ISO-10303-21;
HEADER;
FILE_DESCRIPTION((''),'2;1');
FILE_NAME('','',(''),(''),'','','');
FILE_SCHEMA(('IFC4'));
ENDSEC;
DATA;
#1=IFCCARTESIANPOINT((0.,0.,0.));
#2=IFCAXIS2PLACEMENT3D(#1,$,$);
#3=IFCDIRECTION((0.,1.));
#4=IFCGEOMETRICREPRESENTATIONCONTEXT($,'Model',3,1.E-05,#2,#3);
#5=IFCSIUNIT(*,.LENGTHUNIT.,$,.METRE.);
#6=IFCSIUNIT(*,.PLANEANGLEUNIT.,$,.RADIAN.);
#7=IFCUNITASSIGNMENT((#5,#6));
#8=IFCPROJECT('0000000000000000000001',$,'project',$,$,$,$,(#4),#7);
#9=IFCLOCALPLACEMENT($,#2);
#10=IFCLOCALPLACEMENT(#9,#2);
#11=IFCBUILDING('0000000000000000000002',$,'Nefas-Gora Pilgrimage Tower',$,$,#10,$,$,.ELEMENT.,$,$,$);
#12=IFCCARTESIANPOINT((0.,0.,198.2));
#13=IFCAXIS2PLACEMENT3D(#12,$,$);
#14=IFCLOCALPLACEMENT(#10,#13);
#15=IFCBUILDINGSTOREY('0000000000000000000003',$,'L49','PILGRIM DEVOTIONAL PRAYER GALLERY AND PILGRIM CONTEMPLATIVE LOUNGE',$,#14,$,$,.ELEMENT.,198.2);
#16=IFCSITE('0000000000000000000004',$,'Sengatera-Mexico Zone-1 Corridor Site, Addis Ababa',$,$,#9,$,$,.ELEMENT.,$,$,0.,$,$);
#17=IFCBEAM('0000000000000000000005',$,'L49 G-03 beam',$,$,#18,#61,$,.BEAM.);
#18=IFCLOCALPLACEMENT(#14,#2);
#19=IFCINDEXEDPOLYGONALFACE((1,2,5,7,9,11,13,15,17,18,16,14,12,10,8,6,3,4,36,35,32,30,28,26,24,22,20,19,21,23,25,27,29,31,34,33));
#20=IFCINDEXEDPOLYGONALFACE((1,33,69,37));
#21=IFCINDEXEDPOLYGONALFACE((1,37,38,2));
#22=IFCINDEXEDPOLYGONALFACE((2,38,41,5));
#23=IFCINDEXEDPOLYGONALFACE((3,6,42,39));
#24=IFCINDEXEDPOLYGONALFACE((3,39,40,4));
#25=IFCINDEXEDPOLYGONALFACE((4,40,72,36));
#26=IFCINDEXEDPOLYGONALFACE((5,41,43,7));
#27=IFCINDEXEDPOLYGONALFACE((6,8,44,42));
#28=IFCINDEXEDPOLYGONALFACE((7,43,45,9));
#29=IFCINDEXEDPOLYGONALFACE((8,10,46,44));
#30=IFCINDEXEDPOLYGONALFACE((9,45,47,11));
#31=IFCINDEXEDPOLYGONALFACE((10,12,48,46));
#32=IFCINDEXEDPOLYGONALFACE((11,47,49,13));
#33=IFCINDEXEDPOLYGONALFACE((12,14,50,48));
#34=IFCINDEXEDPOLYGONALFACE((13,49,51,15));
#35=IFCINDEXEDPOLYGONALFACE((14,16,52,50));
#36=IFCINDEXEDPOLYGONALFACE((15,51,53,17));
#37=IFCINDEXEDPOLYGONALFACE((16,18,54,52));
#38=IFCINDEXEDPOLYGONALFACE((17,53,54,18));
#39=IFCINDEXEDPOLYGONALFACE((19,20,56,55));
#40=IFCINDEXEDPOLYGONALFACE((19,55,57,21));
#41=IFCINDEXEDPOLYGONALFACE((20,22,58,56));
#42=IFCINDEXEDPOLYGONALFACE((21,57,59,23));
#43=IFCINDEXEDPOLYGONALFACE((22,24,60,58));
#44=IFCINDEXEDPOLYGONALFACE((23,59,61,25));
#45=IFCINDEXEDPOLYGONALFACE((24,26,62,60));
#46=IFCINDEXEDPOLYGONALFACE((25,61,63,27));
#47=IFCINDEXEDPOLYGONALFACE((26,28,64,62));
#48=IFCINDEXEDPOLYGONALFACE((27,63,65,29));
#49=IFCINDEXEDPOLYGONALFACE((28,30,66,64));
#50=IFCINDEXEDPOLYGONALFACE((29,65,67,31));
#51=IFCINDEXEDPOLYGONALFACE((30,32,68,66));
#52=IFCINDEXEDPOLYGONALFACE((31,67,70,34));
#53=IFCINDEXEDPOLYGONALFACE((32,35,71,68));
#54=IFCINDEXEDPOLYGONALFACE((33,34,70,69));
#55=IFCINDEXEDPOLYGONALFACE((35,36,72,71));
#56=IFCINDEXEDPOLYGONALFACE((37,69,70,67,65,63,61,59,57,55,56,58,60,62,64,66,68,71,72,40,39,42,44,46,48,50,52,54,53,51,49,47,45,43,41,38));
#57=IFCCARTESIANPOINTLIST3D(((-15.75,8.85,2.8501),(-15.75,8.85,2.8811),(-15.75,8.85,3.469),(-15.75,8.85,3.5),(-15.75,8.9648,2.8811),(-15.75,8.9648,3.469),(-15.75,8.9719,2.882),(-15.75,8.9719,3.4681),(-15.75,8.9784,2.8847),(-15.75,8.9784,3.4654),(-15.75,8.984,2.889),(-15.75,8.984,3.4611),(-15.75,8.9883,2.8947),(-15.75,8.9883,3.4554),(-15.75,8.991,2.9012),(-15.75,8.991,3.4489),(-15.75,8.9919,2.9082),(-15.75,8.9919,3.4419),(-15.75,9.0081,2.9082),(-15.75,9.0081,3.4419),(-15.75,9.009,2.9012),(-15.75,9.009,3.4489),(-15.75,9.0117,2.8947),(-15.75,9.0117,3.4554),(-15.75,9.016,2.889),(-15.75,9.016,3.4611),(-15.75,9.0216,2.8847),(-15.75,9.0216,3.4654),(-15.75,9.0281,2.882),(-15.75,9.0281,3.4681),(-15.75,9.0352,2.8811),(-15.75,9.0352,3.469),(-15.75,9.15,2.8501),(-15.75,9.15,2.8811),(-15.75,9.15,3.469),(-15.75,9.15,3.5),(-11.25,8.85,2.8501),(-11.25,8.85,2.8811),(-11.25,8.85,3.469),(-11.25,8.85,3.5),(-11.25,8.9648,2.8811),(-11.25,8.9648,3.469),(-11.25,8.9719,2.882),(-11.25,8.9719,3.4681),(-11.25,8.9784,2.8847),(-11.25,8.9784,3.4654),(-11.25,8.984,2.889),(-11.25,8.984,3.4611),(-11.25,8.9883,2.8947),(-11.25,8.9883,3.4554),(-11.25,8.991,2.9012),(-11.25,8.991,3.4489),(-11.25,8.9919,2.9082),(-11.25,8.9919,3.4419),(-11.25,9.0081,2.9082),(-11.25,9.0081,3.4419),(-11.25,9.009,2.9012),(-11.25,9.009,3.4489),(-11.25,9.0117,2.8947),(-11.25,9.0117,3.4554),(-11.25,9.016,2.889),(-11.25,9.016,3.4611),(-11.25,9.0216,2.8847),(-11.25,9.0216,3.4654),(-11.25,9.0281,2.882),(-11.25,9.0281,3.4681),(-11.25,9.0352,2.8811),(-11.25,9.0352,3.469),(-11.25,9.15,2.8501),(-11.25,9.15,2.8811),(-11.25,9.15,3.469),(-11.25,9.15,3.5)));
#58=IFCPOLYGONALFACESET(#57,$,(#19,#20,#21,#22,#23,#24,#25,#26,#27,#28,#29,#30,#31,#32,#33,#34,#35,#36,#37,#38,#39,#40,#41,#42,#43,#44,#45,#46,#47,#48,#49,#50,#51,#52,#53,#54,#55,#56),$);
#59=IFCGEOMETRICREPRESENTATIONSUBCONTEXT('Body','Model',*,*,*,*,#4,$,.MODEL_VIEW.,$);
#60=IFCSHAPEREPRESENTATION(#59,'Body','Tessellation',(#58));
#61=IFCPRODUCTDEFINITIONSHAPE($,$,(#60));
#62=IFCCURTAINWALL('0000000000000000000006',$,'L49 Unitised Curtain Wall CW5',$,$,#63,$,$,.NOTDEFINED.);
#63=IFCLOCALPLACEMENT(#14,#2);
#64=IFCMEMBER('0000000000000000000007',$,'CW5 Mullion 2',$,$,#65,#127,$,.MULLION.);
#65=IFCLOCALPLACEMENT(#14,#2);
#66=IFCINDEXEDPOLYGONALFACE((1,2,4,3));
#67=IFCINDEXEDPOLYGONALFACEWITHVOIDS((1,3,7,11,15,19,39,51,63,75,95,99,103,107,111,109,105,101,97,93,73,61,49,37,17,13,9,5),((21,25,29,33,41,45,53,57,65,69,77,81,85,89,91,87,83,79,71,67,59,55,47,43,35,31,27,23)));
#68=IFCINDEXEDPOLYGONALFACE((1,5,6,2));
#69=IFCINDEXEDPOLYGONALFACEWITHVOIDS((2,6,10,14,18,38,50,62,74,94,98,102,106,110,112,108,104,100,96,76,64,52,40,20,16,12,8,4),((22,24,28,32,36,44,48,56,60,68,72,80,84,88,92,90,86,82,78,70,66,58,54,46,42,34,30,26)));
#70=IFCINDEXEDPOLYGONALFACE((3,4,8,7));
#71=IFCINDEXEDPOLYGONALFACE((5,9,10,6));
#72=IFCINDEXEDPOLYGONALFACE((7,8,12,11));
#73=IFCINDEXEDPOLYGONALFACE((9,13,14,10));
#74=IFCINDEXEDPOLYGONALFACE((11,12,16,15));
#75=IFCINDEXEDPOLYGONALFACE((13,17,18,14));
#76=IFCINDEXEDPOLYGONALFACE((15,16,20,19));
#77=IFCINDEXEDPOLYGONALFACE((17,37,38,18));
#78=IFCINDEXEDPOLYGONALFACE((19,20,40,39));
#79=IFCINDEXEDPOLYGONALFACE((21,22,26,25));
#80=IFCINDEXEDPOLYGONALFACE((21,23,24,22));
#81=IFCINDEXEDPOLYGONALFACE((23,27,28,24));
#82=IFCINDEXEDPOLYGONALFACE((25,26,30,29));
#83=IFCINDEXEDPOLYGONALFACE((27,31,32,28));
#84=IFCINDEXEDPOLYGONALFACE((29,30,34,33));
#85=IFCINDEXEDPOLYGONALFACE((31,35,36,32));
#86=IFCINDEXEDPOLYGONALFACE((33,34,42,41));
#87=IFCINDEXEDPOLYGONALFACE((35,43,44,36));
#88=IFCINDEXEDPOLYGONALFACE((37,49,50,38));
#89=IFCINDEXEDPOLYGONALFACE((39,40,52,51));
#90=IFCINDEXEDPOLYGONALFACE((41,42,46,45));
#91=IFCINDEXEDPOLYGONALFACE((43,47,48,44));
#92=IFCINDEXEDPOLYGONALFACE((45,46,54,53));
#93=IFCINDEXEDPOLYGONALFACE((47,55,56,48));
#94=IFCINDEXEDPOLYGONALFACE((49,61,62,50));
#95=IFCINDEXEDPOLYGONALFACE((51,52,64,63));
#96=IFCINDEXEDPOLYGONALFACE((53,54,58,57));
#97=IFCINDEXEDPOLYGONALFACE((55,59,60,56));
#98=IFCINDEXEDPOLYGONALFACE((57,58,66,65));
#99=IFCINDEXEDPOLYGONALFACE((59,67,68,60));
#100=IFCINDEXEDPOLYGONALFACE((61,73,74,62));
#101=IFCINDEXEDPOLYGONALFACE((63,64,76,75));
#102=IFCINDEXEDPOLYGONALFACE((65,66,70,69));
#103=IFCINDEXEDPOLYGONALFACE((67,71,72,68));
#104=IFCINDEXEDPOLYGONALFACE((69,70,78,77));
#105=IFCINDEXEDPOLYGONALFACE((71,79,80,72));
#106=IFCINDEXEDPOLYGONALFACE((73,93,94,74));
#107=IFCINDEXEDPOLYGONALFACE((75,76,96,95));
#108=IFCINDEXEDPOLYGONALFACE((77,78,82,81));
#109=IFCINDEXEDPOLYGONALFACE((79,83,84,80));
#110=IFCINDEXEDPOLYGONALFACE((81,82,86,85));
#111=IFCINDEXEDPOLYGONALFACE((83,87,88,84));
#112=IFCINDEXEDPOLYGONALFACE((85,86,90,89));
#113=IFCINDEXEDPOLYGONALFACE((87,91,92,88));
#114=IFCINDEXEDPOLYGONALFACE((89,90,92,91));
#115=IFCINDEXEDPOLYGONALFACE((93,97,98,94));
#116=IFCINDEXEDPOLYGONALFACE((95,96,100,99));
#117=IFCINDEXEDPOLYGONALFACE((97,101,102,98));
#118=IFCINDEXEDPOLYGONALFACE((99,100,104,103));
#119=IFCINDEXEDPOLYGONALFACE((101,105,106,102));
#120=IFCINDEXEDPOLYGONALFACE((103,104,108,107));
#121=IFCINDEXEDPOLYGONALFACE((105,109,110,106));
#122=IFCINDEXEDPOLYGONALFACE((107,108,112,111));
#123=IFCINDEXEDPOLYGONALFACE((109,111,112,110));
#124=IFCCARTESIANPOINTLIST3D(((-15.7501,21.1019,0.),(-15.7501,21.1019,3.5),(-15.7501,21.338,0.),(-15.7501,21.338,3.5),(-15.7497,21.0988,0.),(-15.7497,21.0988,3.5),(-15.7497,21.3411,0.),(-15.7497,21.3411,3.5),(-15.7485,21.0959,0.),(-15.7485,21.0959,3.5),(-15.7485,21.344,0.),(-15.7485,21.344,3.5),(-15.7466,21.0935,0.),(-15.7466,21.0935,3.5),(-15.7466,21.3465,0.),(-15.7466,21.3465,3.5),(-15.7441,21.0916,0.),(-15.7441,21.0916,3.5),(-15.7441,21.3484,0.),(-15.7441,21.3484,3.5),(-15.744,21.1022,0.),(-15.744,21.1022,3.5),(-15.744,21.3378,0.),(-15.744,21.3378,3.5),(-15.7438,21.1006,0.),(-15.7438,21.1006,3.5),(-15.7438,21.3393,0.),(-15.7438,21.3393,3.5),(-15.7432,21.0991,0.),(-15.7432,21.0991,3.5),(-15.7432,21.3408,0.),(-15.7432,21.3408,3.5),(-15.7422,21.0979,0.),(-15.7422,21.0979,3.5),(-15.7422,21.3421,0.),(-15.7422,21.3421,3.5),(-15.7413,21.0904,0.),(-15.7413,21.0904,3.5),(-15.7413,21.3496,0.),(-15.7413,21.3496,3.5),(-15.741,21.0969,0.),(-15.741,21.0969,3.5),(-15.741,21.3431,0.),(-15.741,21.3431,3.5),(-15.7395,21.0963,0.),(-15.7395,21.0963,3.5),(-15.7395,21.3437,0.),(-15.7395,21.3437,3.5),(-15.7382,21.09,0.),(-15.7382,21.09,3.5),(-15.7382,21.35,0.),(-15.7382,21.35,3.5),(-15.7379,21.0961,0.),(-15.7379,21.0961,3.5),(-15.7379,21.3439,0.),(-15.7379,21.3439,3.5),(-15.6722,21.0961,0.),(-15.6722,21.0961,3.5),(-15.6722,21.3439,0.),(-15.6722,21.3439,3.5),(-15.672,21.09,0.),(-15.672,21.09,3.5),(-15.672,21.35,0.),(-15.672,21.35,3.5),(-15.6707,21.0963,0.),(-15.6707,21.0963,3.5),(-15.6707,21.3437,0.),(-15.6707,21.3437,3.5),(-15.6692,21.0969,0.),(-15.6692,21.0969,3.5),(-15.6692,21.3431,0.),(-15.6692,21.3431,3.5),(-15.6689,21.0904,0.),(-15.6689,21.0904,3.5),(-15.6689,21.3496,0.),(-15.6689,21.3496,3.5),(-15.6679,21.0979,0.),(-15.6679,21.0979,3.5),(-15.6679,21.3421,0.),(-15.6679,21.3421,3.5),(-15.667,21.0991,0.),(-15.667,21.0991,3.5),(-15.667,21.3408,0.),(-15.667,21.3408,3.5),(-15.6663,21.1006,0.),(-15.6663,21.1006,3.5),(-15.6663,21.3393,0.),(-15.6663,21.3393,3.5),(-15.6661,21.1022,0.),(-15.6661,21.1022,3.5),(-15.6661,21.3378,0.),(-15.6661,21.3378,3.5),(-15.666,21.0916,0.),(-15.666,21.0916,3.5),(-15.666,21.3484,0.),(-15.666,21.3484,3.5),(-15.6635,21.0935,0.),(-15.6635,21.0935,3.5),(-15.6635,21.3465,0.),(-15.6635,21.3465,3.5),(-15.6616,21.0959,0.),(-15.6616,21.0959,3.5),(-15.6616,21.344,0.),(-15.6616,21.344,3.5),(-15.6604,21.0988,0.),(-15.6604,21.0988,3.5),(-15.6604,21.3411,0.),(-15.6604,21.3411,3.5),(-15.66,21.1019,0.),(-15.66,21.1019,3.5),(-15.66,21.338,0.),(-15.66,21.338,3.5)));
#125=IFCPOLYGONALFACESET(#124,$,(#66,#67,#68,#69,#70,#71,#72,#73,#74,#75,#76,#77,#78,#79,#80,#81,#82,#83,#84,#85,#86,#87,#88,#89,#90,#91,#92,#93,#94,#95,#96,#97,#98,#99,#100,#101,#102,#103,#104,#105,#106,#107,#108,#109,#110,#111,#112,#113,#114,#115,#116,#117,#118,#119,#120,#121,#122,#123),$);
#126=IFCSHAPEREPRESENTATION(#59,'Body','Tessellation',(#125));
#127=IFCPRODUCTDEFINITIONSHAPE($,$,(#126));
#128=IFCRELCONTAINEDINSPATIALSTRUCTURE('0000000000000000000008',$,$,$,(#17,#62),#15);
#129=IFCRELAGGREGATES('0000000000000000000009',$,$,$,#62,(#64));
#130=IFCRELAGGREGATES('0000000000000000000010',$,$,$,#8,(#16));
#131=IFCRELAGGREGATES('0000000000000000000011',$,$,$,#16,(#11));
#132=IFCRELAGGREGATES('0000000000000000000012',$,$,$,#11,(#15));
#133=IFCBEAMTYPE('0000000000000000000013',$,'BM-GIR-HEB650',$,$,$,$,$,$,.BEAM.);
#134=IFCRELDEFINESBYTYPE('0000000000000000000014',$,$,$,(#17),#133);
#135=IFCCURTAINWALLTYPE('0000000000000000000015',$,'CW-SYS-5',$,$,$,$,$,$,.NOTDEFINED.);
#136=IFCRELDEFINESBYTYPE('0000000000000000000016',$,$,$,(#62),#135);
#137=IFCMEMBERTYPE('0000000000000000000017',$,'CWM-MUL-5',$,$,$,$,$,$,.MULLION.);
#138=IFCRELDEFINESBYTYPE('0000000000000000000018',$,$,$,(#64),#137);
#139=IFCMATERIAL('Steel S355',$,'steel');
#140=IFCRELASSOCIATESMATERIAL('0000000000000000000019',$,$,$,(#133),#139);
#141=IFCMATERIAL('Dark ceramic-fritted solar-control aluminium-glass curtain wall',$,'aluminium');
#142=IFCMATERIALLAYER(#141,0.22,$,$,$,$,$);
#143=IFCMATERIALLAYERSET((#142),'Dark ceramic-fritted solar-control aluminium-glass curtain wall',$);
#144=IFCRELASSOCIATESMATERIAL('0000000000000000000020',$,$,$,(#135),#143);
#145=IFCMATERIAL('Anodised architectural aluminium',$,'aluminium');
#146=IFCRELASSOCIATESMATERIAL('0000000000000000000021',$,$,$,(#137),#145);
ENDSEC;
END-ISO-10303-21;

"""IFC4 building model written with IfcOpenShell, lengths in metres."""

from ifc_helpers import new_model, si_unit, direction, frame, origin, origin_2d, place, context, subcontext, project, spatial, hollow_rectangle, i_section, extrude, source, transform, mapped, material, layer, layer_set, material_profile, profile_set, type_object, element, aggregate, save


model = new_model("IFC4")

# Units and contexts
model_context = context("Model", 3, precision=1e-05, world=origin(), true_north=direction((0.0, 1.0)))
body_context = subcontext(model_context, "Body", "Model", "MODEL_VIEW")
ifc_project = project(units=[si_unit("LENGTHUNIT", "METRE"), si_unit("PLANEANGLEUNIT", "RADIAN")], contexts=[model_context])

# Site, building, storey
site_placement = place(None, origin())
site = spatial("IfcSite", under=ifc_project, at=site_placement, Name="Sengatera-Mexico Zone-1 Corridor Site, Addis Ababa", CompositionType="ELEMENT", RefElevation=0.0)
building_placement = place(site_placement, origin())
building = spatial("IfcBuilding", under=site, at=building_placement, Name="Nefas-Gora Pilgrimage Tower", CompositionType="ELEMENT")
storey_placement = place(building_placement, frame((0.0, 0.0, 198.2)))
storey = spatial("IfcBuildingStorey", under=building, at=storey_placement, Name="L49", Description="PILGRIM DEVOTIONAL PRAYER GALLERY AND PILGRIM CONTEMPLATIVE LOUNGE", CompositionType="ELEMENT", Elevation=198.2)

# Beam
ifc_material_1 = material(Name="Steel S355", Category="steel")
ifc_material_profile_1 = material_profile(ifc_material_1, i_section(OverallWidth=0.3, OverallDepth=0.6499, WebThickness=0.0161, FlangeThickness=0.031, FilletRadius=0.0271, at=origin_2d()), Name="HEB 650")
ifc_profile_set_1 = profile_set([ifc_material_profile_1], Name="Steel S355")
beam_type_1 = type_object("IfcBeamType", Name="BM-GIR-HEB650", PredefinedType="BEAM", material=ifc_profile_set_1)
shared_shape_1 = source(origin(), body_context, "Body", "SweptSolid", [
    extrude(i_section(OverallWidth=0.3, OverallDepth=0.6499, WebThickness=0.0161, FlangeThickness=0.031, FilletRadius=0.0271, at=origin_2d()), origin(), (0.0, 0.0, 1.0), 4.5),
])
for number, where, z_axis, x_axis, name in (
    (1, (-15.75, 9.0, 3.175), (1.0, 0.0, 0.0), (0.0, 1.0, 0.0), "L49 G-03 beam"),
):
    element("IfcBeam", number, at=place(storey_placement, frame(where, z_axis=z_axis, x_axis=x_axis)), inside=storey, type_object=beam_type_1, Name=name, PredefinedType="BEAM", context=body_context, shape_type="MappedRepresentation", body=[
        mapped(shared_shape_1, transform((0.0, 0.0, 0.0), x_axis=(1.0, 0.0, 0.0), y_axis=(0.0, 1.0, 0.0), z_axis=(0.0, 0.0, 1.0), scale=1.0)),
    ])

# Curtain wall, member
ifc_material_2 = material(Name="Dark ceramic-fritted solar-control aluminium-glass curtain wall", Category="aluminium")
ifc_layer_1 = layer(ifc_material_2, 0.22)
ifc_layer_set_1 = layer_set([ifc_layer_1], Name="Dark ceramic-fritted solar-control aluminium-glass curtain wall")
curtain_wall_type_1 = type_object("IfcCurtainWallType", Name="CW-SYS-5", PredefinedType="NOTDEFINED", material=ifc_layer_set_1)
curtain_wall_1_placement = place(storey_placement, origin())
curtain_wall_1 = element("IfcCurtainWall", 2, at=curtain_wall_1_placement, inside=storey, type_object=curtain_wall_type_1, Name="L49 Unitised Curtain Wall CW5", PredefinedType="NOTDEFINED")
ifc_material_3 = material(Name="Anodised architectural aluminium", Category="aluminium")
ifc_material_profile_2 = material_profile(ifc_material_3, hollow_rectangle(XDim=0.0901, YDim=0.26, WallThickness=0.0061, InnerFilletRadius=0.0061, OuterFilletRadius=0.012, at=origin_2d()), Name="ALU MULLION 90x260")
ifc_profile_set_2 = profile_set([ifc_material_profile_2], Name="Anodised architectural aluminium")
member_type_1 = type_object("IfcMemberType", Name="CWM-MUL-5", PredefinedType="MULLION", material=ifc_profile_set_2)
shared_shape_2 = source(origin(), body_context, "Body", "SweptSolid", [
    extrude(hollow_rectangle(XDim=0.0901, YDim=0.26, WallThickness=0.0061, InnerFilletRadius=0.0061, OuterFilletRadius=0.012, at=origin_2d()), origin(), (0.0, 0.0, 1.0), 3.5),
])
member_1_placement = place(storey_placement, frame((-15.7051, 21.22, 0.0), z_axis=(0.0, 0.0, 1.0), x_axis=(-1.0, 0.0, 0.0)))
member_1 = element("IfcMember", 3, at=member_1_placement, type_object=member_type_1, Name="CW5 Mullion 2", PredefinedType="MULLION", context=body_context, shape_type="MappedRepresentation", body=[
    mapped(shared_shape_2, transform((0.0, 0.0, 0.0), x_axis=(1.0, 0.0, 0.0), y_axis=(0.0, 1.0, 0.0), z_axis=(0.0, 0.0, 1.0), scale=1.0)),
])

aggregate(curtain_wall_1, [member_1])

save(model, "model.ifc")
